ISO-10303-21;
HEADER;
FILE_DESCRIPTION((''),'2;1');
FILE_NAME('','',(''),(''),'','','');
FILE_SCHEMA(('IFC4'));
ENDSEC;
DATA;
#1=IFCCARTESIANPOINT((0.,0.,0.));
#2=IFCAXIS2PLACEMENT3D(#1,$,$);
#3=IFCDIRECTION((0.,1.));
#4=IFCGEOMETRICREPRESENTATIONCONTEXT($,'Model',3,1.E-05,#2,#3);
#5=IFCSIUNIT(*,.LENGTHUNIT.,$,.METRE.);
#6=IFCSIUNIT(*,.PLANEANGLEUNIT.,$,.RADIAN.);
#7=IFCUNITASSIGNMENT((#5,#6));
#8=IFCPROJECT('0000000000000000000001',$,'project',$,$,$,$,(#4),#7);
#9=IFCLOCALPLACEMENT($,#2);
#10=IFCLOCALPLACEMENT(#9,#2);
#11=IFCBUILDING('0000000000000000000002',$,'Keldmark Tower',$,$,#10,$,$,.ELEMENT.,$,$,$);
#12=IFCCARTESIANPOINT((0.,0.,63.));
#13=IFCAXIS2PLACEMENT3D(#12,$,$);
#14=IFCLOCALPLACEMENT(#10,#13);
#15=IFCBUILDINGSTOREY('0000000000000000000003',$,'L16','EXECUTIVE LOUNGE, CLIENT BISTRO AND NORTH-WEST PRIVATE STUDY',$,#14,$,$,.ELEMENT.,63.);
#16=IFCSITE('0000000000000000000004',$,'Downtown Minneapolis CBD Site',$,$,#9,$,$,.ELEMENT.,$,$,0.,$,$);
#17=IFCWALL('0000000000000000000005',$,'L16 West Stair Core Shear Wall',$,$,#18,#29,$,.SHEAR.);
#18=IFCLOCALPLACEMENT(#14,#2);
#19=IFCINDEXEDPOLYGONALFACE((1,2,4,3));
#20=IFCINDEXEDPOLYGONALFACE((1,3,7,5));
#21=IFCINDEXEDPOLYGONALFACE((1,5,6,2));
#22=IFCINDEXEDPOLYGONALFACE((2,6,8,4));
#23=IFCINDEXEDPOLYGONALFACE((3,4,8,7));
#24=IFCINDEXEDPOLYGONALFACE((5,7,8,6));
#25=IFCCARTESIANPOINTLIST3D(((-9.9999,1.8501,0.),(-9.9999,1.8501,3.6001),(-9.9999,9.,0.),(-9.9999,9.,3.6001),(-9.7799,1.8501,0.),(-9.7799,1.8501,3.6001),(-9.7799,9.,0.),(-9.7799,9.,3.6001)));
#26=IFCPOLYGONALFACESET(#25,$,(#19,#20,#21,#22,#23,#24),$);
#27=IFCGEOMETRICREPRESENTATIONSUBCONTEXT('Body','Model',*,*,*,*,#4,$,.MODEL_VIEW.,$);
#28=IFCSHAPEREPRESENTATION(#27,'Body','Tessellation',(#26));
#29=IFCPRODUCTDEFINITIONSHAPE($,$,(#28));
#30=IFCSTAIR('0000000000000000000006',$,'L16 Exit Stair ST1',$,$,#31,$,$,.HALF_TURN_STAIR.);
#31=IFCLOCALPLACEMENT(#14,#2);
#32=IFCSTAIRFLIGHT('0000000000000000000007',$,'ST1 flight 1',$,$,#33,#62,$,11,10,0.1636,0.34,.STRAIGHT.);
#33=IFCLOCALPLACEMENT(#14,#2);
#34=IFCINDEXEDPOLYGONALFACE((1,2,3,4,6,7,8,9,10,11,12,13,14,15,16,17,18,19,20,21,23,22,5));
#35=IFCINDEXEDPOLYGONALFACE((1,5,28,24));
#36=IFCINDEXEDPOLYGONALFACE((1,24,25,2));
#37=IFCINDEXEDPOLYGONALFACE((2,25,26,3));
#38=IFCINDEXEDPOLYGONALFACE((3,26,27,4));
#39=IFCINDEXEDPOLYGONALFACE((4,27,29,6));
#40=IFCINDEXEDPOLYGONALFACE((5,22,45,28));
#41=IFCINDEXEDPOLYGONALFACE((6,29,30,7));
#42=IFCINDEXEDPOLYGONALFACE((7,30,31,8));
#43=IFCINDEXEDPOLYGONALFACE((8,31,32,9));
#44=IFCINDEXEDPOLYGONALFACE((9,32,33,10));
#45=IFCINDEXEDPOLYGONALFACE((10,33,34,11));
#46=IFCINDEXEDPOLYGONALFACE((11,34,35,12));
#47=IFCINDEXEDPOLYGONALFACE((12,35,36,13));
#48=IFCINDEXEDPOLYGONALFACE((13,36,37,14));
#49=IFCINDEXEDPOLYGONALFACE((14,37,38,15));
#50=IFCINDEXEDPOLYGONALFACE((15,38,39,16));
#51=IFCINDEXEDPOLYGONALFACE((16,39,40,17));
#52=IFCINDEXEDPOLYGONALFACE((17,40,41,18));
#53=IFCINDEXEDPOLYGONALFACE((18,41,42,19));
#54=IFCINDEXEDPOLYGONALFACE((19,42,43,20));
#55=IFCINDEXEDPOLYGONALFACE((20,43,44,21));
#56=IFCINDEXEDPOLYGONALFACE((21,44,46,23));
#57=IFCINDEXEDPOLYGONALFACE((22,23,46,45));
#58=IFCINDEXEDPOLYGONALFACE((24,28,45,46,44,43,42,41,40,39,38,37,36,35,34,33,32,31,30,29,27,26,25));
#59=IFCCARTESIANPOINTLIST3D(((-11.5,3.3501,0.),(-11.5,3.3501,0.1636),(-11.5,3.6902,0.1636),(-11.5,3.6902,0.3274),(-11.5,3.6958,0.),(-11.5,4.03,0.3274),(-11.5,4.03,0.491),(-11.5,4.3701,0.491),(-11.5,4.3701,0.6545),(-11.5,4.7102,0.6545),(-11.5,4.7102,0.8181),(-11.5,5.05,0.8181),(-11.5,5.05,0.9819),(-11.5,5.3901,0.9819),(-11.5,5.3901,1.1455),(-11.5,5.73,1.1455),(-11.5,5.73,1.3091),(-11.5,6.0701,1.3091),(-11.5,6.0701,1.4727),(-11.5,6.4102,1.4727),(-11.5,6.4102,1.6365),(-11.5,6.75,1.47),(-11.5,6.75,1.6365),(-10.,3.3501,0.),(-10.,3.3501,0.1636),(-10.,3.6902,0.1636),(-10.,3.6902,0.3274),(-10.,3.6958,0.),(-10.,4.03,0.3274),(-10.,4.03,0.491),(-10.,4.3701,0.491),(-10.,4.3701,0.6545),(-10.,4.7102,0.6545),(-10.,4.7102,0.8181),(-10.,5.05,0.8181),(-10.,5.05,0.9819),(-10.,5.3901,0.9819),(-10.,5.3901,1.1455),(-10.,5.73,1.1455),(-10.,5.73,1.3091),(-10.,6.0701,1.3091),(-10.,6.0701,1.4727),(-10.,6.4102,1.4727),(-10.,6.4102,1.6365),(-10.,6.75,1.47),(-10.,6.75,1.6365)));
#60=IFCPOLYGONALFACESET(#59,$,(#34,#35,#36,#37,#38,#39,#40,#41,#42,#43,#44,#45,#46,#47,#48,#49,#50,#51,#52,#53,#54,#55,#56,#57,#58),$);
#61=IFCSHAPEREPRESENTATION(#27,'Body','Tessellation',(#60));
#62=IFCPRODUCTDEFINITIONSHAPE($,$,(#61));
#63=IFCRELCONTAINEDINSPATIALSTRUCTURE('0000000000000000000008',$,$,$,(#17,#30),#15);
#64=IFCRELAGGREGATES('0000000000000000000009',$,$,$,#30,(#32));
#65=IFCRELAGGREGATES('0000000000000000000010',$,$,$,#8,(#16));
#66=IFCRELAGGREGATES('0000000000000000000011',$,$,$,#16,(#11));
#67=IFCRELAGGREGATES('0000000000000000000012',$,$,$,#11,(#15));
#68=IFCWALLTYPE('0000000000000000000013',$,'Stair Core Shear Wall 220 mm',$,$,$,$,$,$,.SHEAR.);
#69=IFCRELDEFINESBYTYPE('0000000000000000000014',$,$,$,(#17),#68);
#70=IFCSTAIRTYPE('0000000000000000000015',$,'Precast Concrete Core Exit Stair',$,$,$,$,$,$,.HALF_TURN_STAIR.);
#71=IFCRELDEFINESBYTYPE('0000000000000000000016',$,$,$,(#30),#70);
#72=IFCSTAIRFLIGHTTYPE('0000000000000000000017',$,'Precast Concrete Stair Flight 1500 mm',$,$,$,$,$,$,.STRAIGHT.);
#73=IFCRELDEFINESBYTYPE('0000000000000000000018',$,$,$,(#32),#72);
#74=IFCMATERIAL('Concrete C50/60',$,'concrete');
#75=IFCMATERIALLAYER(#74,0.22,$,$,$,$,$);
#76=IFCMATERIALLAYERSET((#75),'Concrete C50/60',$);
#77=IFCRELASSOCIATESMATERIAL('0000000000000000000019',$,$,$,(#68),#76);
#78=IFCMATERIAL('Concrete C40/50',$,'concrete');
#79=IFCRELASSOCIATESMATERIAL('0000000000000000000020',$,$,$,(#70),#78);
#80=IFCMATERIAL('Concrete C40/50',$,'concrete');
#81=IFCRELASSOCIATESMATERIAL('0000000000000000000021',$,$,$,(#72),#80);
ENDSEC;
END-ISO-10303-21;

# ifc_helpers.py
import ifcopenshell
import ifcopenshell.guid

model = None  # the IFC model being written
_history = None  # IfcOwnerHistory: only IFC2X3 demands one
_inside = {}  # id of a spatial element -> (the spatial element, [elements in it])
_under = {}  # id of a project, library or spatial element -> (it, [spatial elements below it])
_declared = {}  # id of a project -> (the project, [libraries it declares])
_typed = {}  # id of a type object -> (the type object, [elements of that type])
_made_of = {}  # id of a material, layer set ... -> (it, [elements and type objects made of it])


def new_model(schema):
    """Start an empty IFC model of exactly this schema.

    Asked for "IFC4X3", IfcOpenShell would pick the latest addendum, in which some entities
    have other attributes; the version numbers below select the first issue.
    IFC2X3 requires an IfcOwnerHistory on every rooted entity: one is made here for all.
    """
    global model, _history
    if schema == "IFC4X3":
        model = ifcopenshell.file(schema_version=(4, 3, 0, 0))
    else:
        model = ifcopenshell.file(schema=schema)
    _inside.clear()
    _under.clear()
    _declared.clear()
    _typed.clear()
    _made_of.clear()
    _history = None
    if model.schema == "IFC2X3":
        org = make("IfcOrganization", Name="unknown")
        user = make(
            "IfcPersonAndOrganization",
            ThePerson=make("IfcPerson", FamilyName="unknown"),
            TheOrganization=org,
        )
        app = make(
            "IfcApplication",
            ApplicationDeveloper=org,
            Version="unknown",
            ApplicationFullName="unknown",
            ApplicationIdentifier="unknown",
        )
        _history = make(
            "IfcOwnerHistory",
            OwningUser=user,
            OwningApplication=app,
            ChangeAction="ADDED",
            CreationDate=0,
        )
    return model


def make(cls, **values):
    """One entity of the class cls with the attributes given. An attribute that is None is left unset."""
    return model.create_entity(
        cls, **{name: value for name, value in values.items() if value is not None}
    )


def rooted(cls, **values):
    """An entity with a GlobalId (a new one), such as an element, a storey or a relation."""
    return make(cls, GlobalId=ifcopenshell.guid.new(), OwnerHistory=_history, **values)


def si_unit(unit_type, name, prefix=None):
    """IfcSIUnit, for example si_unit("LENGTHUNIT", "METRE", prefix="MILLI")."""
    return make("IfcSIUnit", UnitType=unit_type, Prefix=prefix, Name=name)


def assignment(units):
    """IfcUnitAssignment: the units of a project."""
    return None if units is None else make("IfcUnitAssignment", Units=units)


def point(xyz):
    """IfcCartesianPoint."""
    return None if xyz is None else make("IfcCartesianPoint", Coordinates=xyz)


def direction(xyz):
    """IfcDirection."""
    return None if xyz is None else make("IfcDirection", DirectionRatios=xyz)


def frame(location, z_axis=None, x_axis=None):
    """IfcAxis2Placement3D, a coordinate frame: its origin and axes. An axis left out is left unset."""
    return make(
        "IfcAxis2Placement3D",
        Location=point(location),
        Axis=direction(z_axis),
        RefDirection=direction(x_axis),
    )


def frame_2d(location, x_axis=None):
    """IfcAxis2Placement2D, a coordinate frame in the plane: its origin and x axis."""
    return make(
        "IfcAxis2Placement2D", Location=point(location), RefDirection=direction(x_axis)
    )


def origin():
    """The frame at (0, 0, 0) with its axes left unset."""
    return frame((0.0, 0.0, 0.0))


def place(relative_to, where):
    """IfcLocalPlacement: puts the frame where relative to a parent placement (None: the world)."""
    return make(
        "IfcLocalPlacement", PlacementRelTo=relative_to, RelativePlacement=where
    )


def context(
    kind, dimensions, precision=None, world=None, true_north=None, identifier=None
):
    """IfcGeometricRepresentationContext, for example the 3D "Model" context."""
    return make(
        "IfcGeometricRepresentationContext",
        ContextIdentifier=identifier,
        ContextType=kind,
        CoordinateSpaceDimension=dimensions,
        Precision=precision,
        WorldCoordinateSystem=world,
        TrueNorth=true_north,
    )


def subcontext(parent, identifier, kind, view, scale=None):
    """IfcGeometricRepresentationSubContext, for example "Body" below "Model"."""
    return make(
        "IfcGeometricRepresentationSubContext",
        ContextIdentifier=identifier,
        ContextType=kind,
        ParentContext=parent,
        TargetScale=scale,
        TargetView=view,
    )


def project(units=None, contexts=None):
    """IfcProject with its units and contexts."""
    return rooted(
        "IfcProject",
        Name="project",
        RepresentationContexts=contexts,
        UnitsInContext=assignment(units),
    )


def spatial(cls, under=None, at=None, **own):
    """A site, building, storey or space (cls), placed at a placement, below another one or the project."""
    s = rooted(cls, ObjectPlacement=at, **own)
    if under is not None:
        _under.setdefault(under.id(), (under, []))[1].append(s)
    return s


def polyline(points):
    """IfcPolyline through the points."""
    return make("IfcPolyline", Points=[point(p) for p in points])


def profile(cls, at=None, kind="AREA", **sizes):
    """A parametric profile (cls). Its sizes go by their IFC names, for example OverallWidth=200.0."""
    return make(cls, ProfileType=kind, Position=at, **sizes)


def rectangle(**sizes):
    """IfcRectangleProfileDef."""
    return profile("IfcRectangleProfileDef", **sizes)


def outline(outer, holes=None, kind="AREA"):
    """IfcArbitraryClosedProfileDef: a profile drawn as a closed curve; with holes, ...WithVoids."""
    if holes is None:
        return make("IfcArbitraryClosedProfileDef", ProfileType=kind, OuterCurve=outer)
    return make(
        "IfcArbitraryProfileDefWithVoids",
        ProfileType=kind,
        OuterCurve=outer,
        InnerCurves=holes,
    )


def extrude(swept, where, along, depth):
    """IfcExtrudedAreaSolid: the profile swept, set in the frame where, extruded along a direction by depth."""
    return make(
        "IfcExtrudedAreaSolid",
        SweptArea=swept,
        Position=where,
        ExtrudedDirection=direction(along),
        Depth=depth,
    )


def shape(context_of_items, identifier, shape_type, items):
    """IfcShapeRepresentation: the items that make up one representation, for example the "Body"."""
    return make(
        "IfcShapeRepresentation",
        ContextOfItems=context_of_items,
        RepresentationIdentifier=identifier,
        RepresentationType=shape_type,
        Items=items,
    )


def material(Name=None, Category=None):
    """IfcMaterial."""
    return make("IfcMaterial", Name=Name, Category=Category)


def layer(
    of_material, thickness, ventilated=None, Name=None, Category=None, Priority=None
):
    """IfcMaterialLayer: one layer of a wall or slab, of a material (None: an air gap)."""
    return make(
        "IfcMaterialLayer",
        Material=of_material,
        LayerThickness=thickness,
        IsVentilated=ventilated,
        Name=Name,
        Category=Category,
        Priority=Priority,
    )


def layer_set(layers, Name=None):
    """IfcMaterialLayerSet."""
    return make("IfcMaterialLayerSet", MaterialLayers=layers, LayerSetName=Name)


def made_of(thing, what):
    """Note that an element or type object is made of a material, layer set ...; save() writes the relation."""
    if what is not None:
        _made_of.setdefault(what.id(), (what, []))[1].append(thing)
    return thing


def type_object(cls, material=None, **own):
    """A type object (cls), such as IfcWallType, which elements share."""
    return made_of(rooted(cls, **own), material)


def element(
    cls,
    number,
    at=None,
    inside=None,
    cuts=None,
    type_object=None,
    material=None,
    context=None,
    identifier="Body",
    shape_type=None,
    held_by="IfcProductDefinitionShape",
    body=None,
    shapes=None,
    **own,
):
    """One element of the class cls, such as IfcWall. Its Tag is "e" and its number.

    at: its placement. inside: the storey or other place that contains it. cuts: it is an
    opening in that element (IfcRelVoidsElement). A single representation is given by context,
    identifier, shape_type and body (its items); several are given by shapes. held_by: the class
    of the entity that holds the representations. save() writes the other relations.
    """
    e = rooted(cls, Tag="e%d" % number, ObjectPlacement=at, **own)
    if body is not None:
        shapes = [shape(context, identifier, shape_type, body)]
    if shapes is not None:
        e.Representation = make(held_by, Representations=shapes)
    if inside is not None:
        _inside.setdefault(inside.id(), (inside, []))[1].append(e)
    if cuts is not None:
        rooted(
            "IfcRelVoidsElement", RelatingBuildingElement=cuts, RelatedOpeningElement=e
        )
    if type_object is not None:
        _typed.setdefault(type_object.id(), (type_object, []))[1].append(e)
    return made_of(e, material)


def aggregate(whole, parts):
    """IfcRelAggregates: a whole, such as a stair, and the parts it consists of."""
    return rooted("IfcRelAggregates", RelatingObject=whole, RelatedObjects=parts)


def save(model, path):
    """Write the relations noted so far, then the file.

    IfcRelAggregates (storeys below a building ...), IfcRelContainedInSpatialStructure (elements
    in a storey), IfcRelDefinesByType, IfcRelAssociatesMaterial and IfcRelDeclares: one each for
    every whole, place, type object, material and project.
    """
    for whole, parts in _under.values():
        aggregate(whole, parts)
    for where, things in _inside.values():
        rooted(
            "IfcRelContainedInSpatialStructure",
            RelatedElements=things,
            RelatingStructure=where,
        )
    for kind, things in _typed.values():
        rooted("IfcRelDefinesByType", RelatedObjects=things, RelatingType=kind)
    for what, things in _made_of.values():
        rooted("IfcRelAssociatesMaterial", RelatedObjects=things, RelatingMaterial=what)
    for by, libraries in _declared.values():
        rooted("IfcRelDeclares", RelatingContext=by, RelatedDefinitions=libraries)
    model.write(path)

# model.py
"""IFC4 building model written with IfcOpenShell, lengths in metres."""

from ifc_helpers import new_model, si_unit, direction, frame, frame_2d, origin, place, context, subcontext, project, spatial, polyline, rectangle, outline, extrude, material, layer, layer_set, type_object, element, aggregate, save


model = new_model("IFC4")

# Units and contexts
model_context = context("Model", 3, precision=1e-05, world=origin(), true_north=direction((0.0, 1.0)))
body_context = subcontext(model_context, "Body", "Model", "MODEL_VIEW")
ifc_project = project(units=[si_unit("LENGTHUNIT", "METRE"), si_unit("PLANEANGLEUNIT", "RADIAN")], contexts=[model_context])

# Site, building, storey
site_placement = place(None, origin())
site = spatial("IfcSite", under=ifc_project, at=site_placement, Name="Downtown Minneapolis CBD Site", CompositionType="ELEMENT", RefElevation=0.0)
building_placement = place(site_placement, origin())
building = spatial("IfcBuilding", under=site, at=building_placement, Name="Keldmark Tower", CompositionType="ELEMENT")
storey_placement = place(building_placement, frame((0.0, 0.0, 63.0)))
storey = spatial("IfcBuildingStorey", under=building, at=storey_placement, Name="L16", Description="EXECUTIVE LOUNGE, CLIENT BISTRO AND NORTH-WEST PRIVATE STUDY", CompositionType="ELEMENT", Elevation=63.0)

# Wall
ifc_material_1 = material(Name="Concrete C50/60", Category="concrete")
ifc_layer_1 = layer(ifc_material_1, 0.22)
ifc_layer_set_1 = layer_set([ifc_layer_1], Name="Concrete C50/60")
wall_type_1 = type_object("IfcWallType", Name="Stair Core Shear Wall 220 mm", PredefinedType="SHEAR", material=ifc_layer_set_1)
wall_1_placement = place(storey_placement, frame((-9.8899, 1.8501, 0.0), z_axis=(0.0, 0.0, 1.0), x_axis=(0.0, 1.0, 0.0)))
element("IfcWall", 1, at=wall_1_placement, inside=storey, type_object=wall_type_1, Name="L16 West Stair Core Shear Wall", PredefinedType="SHEAR", context=body_context, shape_type="SweptSolid", body=[
    extrude(rectangle(XDim=7.1499, YDim=0.22, at=frame_2d((3.575, 0.0))), origin(), (0.0, 0.0, 1.0), 3.6001),
])

# Stair, stair flight
ifc_material_2 = material(Name="Concrete C40/50", Category="concrete")
stair_type = type_object("IfcStairType", Name="Precast Concrete Core Exit Stair", PredefinedType="HALF_TURN_STAIR", material=ifc_material_2)
stair_placement = place(storey_placement, origin())
stair = element("IfcStair", 2, at=stair_placement, inside=storey, type_object=stair_type, Name="L16 Exit Stair ST1", PredefinedType="HALF_TURN_STAIR")
ifc_material_3 = material(Name="Concrete C40/50", Category="concrete")
stair_flight_type = type_object("IfcStairFlightType", Name="Precast Concrete Stair Flight 1500 mm", PredefinedType="STRAIGHT", material=ifc_material_3)
stair_flight_placement = place(storey_placement, frame((-10.75, 3.3501, 0.0), z_axis=(0.0, 0.0, 1.0), x_axis=(0.0, 1.0, 0.0)))
stair_flight = element("IfcStairFlight", 3, at=stair_flight_placement, type_object=stair_flight_type, Name="ST1 flight 1", NumberOfRisers=11, NumberOfTreads=10, PredefinedType="STRAIGHT", RiserHeight=0.1636, TreadLength=0.34, context=body_context, shape_type="SweptSolid", body=[
    extrude(outline(polyline([(0.0, 0.0), (0.0, 0.1636), (0.3401, 0.1636), (0.3401, 0.3274), (0.6799, 0.3274), (0.6799, 0.491), (1.02, 0.491), (1.02, 0.6545), (1.3601, 0.6545), (1.3601, 0.8181), (1.7, 0.8181), (1.7, 0.9819), (2.04, 0.9819), (2.04, 1.1455), (2.3799, 1.1455), (2.3799, 1.3091), (2.72, 1.3091), (2.72, 1.4727), (3.0601, 1.4727), (3.0601, 1.6365), (3.3999, 1.6365), (3.3999, 1.8), (3.3999, 1.47), (0.3457, 0.0), (0.0, 0.0)])), frame((0.0, 0.75, 0.0), z_axis=(0.0, -1.0, 0.0), x_axis=(1.0, 0.0, 0.0)), (0.0, 0.0, 1.0), 1.5),
])
aggregate(stair, [stair_flight])

save(model, "model.ifc")
